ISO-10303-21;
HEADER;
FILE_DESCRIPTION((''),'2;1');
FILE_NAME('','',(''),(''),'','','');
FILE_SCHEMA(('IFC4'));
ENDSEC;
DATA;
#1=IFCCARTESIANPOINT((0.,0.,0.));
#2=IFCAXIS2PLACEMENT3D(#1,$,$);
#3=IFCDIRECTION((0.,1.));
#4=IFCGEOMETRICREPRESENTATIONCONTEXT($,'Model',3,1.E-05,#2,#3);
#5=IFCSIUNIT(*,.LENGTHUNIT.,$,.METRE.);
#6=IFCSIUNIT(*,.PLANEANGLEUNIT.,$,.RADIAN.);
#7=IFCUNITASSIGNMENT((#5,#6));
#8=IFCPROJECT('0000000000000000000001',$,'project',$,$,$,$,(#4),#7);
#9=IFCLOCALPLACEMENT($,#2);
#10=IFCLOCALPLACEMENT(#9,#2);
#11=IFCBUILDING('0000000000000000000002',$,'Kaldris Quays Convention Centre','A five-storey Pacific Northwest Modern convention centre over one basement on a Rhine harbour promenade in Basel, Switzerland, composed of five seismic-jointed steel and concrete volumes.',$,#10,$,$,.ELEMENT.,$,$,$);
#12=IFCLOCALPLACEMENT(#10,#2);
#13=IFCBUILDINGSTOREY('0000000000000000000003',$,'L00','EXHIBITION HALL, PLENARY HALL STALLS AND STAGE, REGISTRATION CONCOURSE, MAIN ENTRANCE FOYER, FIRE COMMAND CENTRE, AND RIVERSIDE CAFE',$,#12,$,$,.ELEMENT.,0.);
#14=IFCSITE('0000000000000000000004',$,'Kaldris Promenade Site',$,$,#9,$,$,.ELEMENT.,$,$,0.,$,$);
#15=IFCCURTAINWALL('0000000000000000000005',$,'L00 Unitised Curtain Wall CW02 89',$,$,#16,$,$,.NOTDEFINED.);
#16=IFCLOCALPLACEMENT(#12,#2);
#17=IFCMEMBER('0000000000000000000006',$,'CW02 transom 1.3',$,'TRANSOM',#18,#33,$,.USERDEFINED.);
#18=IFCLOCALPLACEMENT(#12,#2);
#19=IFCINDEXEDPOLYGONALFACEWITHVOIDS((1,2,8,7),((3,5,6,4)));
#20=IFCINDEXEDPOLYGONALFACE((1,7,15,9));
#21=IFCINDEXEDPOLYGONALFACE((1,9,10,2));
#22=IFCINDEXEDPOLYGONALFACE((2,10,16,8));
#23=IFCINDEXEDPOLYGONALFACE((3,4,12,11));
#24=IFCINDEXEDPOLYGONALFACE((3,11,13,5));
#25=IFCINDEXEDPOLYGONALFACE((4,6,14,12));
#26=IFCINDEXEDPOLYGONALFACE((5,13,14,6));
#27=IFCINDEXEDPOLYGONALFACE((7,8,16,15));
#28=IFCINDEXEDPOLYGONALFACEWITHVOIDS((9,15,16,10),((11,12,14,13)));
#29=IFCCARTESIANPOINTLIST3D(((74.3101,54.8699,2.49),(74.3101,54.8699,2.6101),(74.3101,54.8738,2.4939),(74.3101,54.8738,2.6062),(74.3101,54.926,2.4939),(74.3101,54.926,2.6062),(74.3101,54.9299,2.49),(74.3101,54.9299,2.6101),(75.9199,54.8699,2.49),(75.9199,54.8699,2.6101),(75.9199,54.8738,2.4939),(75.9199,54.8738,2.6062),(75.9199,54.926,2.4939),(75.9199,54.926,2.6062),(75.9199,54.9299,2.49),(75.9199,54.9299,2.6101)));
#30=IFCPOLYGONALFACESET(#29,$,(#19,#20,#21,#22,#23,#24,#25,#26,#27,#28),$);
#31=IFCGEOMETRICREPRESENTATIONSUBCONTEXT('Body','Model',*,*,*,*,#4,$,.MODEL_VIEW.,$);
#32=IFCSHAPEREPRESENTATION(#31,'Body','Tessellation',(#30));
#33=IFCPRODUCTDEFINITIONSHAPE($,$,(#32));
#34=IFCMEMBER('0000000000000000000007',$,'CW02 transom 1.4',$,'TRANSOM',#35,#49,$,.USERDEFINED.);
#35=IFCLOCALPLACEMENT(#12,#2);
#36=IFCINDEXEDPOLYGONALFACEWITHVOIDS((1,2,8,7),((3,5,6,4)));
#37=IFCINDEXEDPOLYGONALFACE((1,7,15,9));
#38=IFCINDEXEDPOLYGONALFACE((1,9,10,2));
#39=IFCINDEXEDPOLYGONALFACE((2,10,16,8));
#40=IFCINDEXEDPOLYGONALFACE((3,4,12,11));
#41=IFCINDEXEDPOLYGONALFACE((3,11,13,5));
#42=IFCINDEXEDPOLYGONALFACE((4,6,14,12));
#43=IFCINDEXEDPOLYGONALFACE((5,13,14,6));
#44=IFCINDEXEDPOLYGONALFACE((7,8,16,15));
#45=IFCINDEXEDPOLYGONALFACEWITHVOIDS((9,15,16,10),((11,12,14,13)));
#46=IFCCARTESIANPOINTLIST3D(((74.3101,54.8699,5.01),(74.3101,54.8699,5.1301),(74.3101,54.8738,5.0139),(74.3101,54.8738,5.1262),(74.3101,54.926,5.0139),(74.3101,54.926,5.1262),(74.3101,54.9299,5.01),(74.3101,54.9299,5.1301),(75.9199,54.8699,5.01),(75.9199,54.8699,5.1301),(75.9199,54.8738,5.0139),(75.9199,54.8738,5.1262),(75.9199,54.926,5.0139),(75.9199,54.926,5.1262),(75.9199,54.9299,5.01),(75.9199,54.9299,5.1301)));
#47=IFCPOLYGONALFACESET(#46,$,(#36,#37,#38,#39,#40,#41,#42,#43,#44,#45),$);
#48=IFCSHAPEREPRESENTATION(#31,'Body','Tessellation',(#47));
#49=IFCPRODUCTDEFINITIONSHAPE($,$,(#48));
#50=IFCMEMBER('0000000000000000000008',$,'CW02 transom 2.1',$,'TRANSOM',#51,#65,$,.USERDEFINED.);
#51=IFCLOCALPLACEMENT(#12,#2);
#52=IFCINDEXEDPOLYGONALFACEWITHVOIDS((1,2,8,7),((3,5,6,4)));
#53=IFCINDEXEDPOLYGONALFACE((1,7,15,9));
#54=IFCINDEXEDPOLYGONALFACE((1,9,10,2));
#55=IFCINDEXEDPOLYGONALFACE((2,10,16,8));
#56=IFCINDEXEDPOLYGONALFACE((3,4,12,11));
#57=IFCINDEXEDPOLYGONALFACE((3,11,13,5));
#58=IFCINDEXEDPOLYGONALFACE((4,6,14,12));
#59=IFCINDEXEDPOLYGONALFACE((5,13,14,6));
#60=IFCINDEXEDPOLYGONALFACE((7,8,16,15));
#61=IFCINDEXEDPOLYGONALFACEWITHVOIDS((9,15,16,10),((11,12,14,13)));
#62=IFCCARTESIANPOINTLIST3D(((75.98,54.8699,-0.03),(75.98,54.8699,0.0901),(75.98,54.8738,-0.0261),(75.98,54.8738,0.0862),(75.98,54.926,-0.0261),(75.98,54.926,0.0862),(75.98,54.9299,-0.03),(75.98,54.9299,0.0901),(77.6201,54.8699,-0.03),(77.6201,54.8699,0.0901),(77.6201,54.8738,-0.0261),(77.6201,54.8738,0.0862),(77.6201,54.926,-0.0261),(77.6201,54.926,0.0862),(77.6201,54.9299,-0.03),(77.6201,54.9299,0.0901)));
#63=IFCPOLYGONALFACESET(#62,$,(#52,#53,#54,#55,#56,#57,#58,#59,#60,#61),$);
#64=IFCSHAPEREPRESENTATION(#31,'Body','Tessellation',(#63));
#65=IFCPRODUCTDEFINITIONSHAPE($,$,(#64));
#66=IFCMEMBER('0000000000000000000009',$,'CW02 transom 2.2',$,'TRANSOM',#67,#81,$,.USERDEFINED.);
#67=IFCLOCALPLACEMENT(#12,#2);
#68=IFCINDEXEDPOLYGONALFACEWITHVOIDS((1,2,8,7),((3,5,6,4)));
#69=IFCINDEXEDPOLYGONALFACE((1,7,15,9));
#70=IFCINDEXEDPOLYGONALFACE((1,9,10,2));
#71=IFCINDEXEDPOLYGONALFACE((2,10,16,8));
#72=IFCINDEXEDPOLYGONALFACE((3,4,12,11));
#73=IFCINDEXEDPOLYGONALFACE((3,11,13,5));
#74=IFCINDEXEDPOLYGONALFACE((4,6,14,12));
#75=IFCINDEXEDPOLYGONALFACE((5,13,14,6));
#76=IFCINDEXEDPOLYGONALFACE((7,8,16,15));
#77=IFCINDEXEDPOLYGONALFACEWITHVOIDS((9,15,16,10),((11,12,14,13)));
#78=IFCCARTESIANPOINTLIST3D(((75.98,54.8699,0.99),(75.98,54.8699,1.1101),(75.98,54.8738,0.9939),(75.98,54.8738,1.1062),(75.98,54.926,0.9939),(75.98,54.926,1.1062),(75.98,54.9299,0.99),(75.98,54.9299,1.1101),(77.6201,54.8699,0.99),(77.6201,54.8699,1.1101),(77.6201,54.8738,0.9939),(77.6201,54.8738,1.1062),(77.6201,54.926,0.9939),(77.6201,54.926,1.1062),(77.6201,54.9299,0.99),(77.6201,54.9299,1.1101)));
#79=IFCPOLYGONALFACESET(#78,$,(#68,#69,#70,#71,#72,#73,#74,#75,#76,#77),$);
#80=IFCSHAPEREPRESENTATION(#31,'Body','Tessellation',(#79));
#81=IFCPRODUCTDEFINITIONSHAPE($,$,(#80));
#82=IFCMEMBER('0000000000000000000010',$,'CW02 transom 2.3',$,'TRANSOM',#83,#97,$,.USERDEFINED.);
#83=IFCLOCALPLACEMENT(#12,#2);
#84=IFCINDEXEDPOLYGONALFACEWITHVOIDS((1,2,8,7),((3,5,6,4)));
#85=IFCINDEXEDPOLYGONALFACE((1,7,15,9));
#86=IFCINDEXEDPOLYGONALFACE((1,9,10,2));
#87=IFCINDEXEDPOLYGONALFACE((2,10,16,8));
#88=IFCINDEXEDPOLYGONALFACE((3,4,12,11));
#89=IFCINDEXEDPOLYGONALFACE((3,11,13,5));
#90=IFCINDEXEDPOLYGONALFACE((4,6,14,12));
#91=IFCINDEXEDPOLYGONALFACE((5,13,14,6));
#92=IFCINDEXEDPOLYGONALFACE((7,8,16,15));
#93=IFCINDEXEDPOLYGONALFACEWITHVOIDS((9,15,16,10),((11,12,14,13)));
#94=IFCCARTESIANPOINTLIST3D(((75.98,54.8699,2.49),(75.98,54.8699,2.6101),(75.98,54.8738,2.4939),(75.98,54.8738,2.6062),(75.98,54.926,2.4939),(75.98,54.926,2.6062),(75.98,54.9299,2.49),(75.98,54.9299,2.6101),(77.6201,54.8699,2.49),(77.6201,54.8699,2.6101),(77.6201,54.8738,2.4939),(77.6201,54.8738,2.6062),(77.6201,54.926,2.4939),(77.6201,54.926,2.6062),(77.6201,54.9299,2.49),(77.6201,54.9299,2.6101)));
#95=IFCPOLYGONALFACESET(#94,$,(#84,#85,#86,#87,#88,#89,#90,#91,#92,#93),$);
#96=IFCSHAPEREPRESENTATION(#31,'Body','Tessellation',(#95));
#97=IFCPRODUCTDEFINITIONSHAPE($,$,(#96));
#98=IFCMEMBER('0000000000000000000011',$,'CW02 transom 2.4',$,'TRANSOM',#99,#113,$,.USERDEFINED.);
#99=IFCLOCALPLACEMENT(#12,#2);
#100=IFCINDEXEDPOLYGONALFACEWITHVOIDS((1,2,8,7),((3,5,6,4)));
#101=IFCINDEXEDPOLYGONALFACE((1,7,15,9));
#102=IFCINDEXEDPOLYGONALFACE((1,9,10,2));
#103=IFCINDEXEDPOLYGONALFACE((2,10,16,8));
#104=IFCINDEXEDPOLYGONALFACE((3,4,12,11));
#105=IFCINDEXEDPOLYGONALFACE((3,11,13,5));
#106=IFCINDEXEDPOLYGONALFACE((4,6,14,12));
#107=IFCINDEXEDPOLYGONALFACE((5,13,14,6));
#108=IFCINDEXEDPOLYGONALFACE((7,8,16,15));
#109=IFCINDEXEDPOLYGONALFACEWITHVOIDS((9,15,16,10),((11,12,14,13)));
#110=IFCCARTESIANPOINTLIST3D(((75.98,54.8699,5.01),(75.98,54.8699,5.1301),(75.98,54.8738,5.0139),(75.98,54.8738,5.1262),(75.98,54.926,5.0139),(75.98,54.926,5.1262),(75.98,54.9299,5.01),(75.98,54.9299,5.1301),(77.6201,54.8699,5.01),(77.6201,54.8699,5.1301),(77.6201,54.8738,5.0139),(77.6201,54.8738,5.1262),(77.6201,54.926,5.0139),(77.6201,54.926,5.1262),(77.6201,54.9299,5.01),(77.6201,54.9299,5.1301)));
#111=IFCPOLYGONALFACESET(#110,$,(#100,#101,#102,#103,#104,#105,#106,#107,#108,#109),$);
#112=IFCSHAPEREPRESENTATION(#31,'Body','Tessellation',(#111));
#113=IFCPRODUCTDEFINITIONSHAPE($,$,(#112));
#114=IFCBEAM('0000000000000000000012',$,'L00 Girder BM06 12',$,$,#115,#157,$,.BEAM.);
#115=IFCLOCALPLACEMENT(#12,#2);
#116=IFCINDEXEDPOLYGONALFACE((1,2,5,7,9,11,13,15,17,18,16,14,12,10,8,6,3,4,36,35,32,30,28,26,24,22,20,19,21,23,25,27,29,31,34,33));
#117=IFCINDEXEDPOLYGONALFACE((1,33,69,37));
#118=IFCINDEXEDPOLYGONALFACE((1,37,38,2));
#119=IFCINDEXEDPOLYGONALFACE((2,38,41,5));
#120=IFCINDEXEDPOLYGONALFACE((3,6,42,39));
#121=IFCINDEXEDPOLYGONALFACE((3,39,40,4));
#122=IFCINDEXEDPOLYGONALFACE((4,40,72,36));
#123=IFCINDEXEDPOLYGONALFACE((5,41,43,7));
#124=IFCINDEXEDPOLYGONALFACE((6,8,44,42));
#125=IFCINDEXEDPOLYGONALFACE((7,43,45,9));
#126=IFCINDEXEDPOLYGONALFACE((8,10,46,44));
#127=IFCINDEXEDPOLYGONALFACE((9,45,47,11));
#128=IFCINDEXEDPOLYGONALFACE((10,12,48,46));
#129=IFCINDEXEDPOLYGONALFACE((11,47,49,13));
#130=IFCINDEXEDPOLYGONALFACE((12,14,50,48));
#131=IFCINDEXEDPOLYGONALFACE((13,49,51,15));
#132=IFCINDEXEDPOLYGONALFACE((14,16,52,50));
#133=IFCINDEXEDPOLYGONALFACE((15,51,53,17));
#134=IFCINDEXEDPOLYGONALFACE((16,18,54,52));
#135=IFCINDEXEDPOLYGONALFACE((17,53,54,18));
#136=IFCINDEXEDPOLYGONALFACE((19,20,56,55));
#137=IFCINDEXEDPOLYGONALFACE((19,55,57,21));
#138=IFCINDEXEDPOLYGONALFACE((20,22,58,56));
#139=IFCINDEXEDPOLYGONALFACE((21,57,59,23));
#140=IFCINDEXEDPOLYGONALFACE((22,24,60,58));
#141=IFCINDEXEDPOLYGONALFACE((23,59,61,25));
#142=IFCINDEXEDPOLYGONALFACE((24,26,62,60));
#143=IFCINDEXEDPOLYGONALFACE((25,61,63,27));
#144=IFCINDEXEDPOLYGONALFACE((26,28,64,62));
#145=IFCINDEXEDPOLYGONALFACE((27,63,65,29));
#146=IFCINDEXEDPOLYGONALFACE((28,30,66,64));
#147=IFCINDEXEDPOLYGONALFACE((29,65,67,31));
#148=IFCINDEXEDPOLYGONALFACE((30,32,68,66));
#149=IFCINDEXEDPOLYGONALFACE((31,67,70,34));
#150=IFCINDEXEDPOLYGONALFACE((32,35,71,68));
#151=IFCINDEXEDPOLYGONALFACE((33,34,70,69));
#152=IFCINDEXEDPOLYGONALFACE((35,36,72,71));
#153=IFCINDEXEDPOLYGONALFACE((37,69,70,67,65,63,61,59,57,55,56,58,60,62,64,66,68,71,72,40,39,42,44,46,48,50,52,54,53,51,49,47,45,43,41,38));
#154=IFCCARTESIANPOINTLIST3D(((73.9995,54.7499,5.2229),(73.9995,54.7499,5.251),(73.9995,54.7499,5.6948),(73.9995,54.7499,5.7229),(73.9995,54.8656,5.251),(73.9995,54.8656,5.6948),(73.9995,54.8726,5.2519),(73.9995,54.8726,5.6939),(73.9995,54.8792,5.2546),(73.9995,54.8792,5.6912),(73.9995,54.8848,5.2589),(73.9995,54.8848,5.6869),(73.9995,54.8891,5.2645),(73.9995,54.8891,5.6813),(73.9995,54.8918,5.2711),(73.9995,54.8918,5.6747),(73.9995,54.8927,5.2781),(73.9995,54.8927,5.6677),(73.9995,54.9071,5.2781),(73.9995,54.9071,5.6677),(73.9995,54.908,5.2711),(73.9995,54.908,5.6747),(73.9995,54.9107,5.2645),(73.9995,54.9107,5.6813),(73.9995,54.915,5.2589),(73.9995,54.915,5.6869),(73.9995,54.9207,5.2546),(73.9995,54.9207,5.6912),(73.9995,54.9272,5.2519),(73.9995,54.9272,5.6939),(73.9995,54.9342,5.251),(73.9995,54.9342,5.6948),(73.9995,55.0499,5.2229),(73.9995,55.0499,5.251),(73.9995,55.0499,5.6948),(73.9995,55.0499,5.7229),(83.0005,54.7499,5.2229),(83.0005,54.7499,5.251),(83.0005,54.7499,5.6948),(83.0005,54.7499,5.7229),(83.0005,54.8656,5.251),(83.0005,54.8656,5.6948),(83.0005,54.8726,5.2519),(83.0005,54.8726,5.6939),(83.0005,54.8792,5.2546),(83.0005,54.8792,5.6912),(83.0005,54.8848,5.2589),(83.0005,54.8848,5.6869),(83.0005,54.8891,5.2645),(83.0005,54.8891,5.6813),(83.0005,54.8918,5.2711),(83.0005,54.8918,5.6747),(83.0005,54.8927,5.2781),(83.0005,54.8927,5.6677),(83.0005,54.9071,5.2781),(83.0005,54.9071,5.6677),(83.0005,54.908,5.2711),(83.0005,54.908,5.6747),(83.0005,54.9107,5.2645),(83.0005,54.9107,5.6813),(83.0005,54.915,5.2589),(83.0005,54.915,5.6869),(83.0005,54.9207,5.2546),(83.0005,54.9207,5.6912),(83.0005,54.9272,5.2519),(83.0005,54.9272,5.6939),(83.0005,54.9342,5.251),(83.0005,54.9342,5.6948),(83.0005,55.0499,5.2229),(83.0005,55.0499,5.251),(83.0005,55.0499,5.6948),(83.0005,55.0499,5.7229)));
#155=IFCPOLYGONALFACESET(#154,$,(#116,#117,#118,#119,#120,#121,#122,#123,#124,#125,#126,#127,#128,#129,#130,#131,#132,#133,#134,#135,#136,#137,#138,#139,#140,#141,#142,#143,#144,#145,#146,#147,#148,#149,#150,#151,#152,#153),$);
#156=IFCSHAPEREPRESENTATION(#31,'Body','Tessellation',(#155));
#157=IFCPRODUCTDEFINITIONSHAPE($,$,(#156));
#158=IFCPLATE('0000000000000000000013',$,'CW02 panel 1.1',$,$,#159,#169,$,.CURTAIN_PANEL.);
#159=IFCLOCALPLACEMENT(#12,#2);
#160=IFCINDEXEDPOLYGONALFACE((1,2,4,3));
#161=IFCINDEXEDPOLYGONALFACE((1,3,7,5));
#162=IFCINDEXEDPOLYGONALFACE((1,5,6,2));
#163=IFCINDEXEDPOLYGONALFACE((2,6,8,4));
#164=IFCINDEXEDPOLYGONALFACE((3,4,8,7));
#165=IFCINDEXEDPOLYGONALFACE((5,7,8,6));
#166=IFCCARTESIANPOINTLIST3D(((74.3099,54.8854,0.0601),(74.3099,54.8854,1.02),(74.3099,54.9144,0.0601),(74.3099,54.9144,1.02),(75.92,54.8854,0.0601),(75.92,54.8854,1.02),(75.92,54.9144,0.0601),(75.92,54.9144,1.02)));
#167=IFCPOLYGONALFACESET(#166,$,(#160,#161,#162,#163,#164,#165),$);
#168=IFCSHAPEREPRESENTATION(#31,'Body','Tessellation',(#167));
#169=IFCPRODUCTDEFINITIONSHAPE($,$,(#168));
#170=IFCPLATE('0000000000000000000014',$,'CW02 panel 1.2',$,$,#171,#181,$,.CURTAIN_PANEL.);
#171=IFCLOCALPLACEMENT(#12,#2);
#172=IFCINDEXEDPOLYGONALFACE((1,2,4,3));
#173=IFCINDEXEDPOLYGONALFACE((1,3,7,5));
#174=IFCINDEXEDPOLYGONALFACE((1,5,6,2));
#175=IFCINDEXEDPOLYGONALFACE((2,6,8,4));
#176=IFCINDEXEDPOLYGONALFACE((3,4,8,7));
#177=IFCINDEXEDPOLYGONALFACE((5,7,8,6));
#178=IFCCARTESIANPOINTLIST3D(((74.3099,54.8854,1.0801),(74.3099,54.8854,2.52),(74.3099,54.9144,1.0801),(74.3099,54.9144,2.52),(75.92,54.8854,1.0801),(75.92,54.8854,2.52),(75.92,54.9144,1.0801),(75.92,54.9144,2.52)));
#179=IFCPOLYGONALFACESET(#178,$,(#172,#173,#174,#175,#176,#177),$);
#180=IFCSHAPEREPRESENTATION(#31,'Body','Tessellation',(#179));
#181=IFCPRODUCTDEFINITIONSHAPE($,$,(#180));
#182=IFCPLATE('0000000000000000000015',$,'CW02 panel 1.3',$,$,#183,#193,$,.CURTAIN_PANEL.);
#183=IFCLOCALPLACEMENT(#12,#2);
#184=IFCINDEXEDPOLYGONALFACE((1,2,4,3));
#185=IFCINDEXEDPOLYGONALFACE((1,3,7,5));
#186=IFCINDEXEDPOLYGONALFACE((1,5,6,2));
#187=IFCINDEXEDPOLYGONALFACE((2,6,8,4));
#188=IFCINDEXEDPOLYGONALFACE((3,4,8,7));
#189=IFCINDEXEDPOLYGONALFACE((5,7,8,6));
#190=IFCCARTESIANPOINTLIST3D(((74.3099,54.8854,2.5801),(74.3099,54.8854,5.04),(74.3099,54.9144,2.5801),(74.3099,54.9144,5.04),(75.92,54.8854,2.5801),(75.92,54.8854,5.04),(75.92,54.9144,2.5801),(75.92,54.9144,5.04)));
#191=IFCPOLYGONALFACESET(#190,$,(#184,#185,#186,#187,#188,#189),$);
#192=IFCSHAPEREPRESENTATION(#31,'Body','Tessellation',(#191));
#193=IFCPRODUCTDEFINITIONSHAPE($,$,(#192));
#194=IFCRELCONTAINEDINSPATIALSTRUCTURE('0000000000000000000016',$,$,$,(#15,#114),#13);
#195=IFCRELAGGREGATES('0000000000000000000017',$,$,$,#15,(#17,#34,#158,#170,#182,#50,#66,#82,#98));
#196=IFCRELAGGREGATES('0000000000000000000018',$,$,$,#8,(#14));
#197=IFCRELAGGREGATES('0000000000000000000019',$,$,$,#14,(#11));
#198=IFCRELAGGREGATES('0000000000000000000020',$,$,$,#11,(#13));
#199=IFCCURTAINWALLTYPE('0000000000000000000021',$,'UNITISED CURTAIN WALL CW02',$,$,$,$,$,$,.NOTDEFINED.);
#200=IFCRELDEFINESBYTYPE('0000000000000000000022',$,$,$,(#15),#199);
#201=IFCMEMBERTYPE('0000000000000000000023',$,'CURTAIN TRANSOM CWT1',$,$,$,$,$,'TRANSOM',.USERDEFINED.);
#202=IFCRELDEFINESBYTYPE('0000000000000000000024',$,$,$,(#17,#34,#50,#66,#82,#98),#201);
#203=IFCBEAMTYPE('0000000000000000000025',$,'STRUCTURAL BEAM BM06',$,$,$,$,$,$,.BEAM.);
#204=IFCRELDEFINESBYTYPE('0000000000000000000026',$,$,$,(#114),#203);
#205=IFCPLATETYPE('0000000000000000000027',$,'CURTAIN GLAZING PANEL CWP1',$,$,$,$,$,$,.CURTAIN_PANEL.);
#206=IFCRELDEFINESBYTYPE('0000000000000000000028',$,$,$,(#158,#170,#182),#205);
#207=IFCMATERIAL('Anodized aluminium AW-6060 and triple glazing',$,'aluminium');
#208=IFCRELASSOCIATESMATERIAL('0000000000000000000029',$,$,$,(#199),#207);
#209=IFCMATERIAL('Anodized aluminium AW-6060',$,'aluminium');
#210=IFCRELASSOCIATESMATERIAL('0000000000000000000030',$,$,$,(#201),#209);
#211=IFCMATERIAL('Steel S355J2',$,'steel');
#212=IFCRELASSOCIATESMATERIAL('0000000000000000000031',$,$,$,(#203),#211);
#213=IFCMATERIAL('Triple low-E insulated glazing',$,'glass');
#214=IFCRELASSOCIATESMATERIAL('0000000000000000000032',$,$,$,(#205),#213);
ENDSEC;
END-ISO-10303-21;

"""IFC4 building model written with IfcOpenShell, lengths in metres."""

from ifc_helpers import new_model, si_unit, direction, frame, origin, origin_2d, place, context, subcontext, project, spatial, rectangle, hollow_rectangle, i_section, extrude, material, material_profile, profile_set, type_object, element, aggregate, save


model = new_model("IFC4")

# Units and contexts
model_context = context("Model", 3, precision=1e-05, world=origin(), true_north=direction((0.0, 1.0)))
body_context = subcontext(model_context, "Body", "Model", "MODEL_VIEW")
ifc_project = project(units=[si_unit("LENGTHUNIT", "METRE"), si_unit("PLANEANGLEUNIT", "RADIAN")], contexts=[model_context])

# Site, building, storey
site_placement = place(None, origin())
site = spatial("IfcSite", under=ifc_project, at=site_placement, Name="Kaldris Promenade Site", CompositionType="ELEMENT", RefElevation=0.0)
building_placement = place(site_placement, origin())
building = spatial("IfcBuilding", under=site, at=building_placement, Name="Kaldris Quays Convention Centre", Description="A five-storey Pacific Northwest Modern convention centre over one basement on a Rhine harbour promenade in Basel, Switzerland, composed of five seismic-jointed steel and concrete volumes.", CompositionType="ELEMENT")
storey_placement = place(building_placement, origin())
storey = spatial("IfcBuildingStorey", under=building, at=storey_placement, Name="L00", Description="EXHIBITION HALL, PLENARY HALL STALLS AND STAGE, REGISTRATION CONCOURSE, MAIN ENTRANCE FOYER, FIRE COMMAND CENTRE, AND RIVERSIDE CAFE", CompositionType="ELEMENT", Elevation=0.0)

# Shared definitions
ifc_material_1 = material(Name="Steel S355J2", Category="steel")

# Shared definitions
ifc_material_2 = material(Name="Anodized aluminium AW-6060 and triple glazing", Category="aluminium")
curtain_wall_type = type_object("IfcCurtainWallType", Name="UNITISED CURTAIN WALL CW02", PredefinedType="NOTDEFINED", material=ifc_material_2)
ifc_material_3 = material(Name="Anodized aluminium AW-6060", Category="aluminium")

# Curtain wall
curtain_wall_1_placement = place(storey_placement, origin())
curtain_wall_1 = element("IfcCurtainWall", 1, at=curtain_wall_1_placement, inside=storey, type_object=curtain_wall_type, Name="L00 Unitised Curtain Wall CW02 89", PredefinedType="NOTDEFINED")

# Members
ifc_material_profile_1 = material_profile(ifc_material_3, hollow_rectangle(XDim=0.0601, YDim=0.1201, WallThickness=0.0039, at=origin_2d()), Name="RHS 120x60x4")
ifc_profile_set_1 = profile_set([ifc_material_profile_1], Name="Anodized aluminium AW-6060")
member_type_1 = type_object("IfcMemberType", Name="CURTAIN TRANSOM CWT1", ElementType="TRANSOM", PredefinedType="USERDEFINED", material=ifc_profile_set_1)
member_1_placement = place(storey_placement, frame((74.3101, 54.8999, 2.55), z_axis=(1.0, 0.0, 0.0), x_axis=(0.0, 1.0, 0.0)))
member_1 = element("IfcMember", 2, at=member_1_placement, type_object=member_type_1, Name="CW02 transom 1.3", ObjectType="TRANSOM", PredefinedType="USERDEFINED", context=body_context, shape_type="SweptSolid", body=[
    extrude(hollow_rectangle(XDim=0.0601, YDim=0.1201, WallThickness=0.0039, at=origin_2d()), origin(), (0.0, 0.0, 1.0), 1.6099),
])
member_2_placement = place(storey_placement, frame((74.3101, 54.8999, 5.0701), z_axis=(1.0, 0.0, 0.0), x_axis=(0.0, 1.0, 0.0)))
member_2 = element("IfcMember", 3, at=member_2_placement, type_object=member_type_1, Name="CW02 transom 1.4", ObjectType="TRANSOM", PredefinedType="USERDEFINED", context=body_context, shape_type="SweptSolid", body=[
    extrude(hollow_rectangle(XDim=0.0601, YDim=0.1201, WallThickness=0.0039, at=origin_2d()), origin(), (0.0, 0.0, 1.0), 1.6099),
])
member_3_placement = place(storey_placement, frame((75.98, 54.8999, 0.03), z_axis=(1.0, 0.0, 0.0), x_axis=(0.0, 1.0, 0.0)))
member_3 = element("IfcMember", 4, at=member_3_placement, type_object=member_type_1, Name="CW02 transom 2.1", ObjectType="TRANSOM", PredefinedType="USERDEFINED", context=body_context, shape_type="SweptSolid", body=[
    extrude(hollow_rectangle(XDim=0.0601, YDim=0.1201, WallThickness=0.0039, at=origin_2d()), origin(), (0.0, 0.0, 1.0), 1.6401),
])
member_4_placement = place(storey_placement, frame((75.98, 54.8999, 1.05), z_axis=(1.0, 0.0, 0.0), x_axis=(0.0, 1.0, 0.0)))
member_4 = element("IfcMember", 5, at=member_4_placement, type_object=member_type_1, Name="CW02 transom 2.2", ObjectType="TRANSOM", PredefinedType="USERDEFINED", context=body_context, shape_type="SweptSolid", body=[
    extrude(hollow_rectangle(XDim=0.0601, YDim=0.1201, WallThickness=0.0039, at=origin_2d()), origin(), (0.0, 0.0, 1.0), 1.6401),
])
member_5_placement = place(storey_placement, frame((75.98, 54.8999, 2.55), z_axis=(1.0, 0.0, 0.0), x_axis=(0.0, 1.0, 0.0)))
member_5 = element("IfcMember", 6, at=member_5_placement, type_object=member_type_1, Name="CW02 transom 2.3", ObjectType="TRANSOM", PredefinedType="USERDEFINED", context=body_context, shape_type="SweptSolid", body=[
    extrude(hollow_rectangle(XDim=0.0601, YDim=0.1201, WallThickness=0.0039, at=origin_2d()), origin(), (0.0, 0.0, 1.0), 1.6401),
])
member_6_placement = place(storey_placement, frame((75.98, 54.8999, 5.0701), z_axis=(1.0, 0.0, 0.0), x_axis=(0.0, 1.0, 0.0)))
member_6 = element("IfcMember", 7, at=member_6_placement, type_object=member_type_1, Name="CW02 transom 2.4", ObjectType="TRANSOM", PredefinedType="USERDEFINED", context=body_context, shape_type="SweptSolid", body=[
    extrude(hollow_rectangle(XDim=0.0601, YDim=0.1201, WallThickness=0.0039, at=origin_2d()), origin(), (0.0, 0.0, 1.0), 1.6401),
])

# Beam
ifc_material_profile_2 = material_profile(ifc_material_1, i_section(OverallWidth=0.3, OverallDepth=0.5, WebThickness=0.0144, FlangeThickness=0.0281, FilletRadius=0.0271, at=origin_2d()), Name="HEB 500")
ifc_profile_set_2 = profile_set([ifc_material_profile_2], Name="Steel S355J2")
beam_type = type_object("IfcBeamType", Name="STRUCTURAL BEAM BM06", PredefinedType="BEAM", material=ifc_profile_set_2)
beam_placement = place(storey_placement, frame((73.9995, 54.8999, 5.4729), z_axis=(1.0, 0.0, 0.0), x_axis=(0.0, 1.0, 0.0)))
element("IfcBeam", 8, at=beam_placement, inside=storey, type_object=beam_type, Name="L00 Girder BM06 12", PredefinedType="BEAM", context=body_context, shape_type="SweptSolid", body=[
    extrude(i_section(OverallWidth=0.3, OverallDepth=0.5, WebThickness=0.0144, FlangeThickness=0.0281, FilletRadius=0.0271, at=origin_2d()), origin(), (0.0, 0.0, 1.0), 9.001),
])

# Plates
ifc_material_4 = material(Name="Triple low-E insulated glazing", Category="glass")
plate_type_1 = type_object("IfcPlateType", Name="CURTAIN GLAZING PANEL CWP1", PredefinedType="CURTAIN_PANEL", material=ifc_material_4)
plate_1_placement = place(storey_placement, frame((75.115, 54.8999, 0.0601), z_axis=(0.0, 0.0, 1.0), x_axis=(1.0, 0.0, 0.0)))
plate_1 = element("IfcPlate", 9, at=plate_1_placement, type_object=plate_type_1, Name="CW02 panel 1.1", PredefinedType="CURTAIN_PANEL", context=body_context, shape_type="SweptSolid", body=[
    extrude(rectangle(XDim=1.6101, YDim=0.0291, at=origin_2d()), origin(), (0.0, 0.0, 1.0), 0.96),
])
plate_2_placement = place(storey_placement, frame((75.115, 54.8999, 1.0801), z_axis=(0.0, 0.0, 1.0), x_axis=(1.0, 0.0, 0.0)))
plate_2 = element("IfcPlate", 10, at=plate_2_placement, type_object=plate_type_1, Name="CW02 panel 1.2", PredefinedType="CURTAIN_PANEL", context=body_context, shape_type="SweptSolid", body=[
    extrude(rectangle(XDim=1.6101, YDim=0.0291, at=origin_2d()), origin(), (0.0, 0.0, 1.0), 1.4399),
])
plate_3_placement = place(storey_placement, frame((75.115, 54.8999, 2.5801), z_axis=(0.0, 0.0, 1.0), x_axis=(1.0, 0.0, 0.0)))
plate_3 = element("IfcPlate", 11, at=plate_3_placement, type_object=plate_type_1, Name="CW02 panel 1.3", PredefinedType="CURTAIN_PANEL", context=body_context, shape_type="SweptSolid", body=[
    extrude(rectangle(XDim=1.6101, YDim=0.0291, at=origin_2d()), origin(), (0.0, 0.0, 1.0), 2.46),
])
aggregate(curtain_wall_1, [member_1, member_2, plate_1, plate_2, plate_3, member_3, member_4, member_5, member_6])

save(model, "model.ifc")
